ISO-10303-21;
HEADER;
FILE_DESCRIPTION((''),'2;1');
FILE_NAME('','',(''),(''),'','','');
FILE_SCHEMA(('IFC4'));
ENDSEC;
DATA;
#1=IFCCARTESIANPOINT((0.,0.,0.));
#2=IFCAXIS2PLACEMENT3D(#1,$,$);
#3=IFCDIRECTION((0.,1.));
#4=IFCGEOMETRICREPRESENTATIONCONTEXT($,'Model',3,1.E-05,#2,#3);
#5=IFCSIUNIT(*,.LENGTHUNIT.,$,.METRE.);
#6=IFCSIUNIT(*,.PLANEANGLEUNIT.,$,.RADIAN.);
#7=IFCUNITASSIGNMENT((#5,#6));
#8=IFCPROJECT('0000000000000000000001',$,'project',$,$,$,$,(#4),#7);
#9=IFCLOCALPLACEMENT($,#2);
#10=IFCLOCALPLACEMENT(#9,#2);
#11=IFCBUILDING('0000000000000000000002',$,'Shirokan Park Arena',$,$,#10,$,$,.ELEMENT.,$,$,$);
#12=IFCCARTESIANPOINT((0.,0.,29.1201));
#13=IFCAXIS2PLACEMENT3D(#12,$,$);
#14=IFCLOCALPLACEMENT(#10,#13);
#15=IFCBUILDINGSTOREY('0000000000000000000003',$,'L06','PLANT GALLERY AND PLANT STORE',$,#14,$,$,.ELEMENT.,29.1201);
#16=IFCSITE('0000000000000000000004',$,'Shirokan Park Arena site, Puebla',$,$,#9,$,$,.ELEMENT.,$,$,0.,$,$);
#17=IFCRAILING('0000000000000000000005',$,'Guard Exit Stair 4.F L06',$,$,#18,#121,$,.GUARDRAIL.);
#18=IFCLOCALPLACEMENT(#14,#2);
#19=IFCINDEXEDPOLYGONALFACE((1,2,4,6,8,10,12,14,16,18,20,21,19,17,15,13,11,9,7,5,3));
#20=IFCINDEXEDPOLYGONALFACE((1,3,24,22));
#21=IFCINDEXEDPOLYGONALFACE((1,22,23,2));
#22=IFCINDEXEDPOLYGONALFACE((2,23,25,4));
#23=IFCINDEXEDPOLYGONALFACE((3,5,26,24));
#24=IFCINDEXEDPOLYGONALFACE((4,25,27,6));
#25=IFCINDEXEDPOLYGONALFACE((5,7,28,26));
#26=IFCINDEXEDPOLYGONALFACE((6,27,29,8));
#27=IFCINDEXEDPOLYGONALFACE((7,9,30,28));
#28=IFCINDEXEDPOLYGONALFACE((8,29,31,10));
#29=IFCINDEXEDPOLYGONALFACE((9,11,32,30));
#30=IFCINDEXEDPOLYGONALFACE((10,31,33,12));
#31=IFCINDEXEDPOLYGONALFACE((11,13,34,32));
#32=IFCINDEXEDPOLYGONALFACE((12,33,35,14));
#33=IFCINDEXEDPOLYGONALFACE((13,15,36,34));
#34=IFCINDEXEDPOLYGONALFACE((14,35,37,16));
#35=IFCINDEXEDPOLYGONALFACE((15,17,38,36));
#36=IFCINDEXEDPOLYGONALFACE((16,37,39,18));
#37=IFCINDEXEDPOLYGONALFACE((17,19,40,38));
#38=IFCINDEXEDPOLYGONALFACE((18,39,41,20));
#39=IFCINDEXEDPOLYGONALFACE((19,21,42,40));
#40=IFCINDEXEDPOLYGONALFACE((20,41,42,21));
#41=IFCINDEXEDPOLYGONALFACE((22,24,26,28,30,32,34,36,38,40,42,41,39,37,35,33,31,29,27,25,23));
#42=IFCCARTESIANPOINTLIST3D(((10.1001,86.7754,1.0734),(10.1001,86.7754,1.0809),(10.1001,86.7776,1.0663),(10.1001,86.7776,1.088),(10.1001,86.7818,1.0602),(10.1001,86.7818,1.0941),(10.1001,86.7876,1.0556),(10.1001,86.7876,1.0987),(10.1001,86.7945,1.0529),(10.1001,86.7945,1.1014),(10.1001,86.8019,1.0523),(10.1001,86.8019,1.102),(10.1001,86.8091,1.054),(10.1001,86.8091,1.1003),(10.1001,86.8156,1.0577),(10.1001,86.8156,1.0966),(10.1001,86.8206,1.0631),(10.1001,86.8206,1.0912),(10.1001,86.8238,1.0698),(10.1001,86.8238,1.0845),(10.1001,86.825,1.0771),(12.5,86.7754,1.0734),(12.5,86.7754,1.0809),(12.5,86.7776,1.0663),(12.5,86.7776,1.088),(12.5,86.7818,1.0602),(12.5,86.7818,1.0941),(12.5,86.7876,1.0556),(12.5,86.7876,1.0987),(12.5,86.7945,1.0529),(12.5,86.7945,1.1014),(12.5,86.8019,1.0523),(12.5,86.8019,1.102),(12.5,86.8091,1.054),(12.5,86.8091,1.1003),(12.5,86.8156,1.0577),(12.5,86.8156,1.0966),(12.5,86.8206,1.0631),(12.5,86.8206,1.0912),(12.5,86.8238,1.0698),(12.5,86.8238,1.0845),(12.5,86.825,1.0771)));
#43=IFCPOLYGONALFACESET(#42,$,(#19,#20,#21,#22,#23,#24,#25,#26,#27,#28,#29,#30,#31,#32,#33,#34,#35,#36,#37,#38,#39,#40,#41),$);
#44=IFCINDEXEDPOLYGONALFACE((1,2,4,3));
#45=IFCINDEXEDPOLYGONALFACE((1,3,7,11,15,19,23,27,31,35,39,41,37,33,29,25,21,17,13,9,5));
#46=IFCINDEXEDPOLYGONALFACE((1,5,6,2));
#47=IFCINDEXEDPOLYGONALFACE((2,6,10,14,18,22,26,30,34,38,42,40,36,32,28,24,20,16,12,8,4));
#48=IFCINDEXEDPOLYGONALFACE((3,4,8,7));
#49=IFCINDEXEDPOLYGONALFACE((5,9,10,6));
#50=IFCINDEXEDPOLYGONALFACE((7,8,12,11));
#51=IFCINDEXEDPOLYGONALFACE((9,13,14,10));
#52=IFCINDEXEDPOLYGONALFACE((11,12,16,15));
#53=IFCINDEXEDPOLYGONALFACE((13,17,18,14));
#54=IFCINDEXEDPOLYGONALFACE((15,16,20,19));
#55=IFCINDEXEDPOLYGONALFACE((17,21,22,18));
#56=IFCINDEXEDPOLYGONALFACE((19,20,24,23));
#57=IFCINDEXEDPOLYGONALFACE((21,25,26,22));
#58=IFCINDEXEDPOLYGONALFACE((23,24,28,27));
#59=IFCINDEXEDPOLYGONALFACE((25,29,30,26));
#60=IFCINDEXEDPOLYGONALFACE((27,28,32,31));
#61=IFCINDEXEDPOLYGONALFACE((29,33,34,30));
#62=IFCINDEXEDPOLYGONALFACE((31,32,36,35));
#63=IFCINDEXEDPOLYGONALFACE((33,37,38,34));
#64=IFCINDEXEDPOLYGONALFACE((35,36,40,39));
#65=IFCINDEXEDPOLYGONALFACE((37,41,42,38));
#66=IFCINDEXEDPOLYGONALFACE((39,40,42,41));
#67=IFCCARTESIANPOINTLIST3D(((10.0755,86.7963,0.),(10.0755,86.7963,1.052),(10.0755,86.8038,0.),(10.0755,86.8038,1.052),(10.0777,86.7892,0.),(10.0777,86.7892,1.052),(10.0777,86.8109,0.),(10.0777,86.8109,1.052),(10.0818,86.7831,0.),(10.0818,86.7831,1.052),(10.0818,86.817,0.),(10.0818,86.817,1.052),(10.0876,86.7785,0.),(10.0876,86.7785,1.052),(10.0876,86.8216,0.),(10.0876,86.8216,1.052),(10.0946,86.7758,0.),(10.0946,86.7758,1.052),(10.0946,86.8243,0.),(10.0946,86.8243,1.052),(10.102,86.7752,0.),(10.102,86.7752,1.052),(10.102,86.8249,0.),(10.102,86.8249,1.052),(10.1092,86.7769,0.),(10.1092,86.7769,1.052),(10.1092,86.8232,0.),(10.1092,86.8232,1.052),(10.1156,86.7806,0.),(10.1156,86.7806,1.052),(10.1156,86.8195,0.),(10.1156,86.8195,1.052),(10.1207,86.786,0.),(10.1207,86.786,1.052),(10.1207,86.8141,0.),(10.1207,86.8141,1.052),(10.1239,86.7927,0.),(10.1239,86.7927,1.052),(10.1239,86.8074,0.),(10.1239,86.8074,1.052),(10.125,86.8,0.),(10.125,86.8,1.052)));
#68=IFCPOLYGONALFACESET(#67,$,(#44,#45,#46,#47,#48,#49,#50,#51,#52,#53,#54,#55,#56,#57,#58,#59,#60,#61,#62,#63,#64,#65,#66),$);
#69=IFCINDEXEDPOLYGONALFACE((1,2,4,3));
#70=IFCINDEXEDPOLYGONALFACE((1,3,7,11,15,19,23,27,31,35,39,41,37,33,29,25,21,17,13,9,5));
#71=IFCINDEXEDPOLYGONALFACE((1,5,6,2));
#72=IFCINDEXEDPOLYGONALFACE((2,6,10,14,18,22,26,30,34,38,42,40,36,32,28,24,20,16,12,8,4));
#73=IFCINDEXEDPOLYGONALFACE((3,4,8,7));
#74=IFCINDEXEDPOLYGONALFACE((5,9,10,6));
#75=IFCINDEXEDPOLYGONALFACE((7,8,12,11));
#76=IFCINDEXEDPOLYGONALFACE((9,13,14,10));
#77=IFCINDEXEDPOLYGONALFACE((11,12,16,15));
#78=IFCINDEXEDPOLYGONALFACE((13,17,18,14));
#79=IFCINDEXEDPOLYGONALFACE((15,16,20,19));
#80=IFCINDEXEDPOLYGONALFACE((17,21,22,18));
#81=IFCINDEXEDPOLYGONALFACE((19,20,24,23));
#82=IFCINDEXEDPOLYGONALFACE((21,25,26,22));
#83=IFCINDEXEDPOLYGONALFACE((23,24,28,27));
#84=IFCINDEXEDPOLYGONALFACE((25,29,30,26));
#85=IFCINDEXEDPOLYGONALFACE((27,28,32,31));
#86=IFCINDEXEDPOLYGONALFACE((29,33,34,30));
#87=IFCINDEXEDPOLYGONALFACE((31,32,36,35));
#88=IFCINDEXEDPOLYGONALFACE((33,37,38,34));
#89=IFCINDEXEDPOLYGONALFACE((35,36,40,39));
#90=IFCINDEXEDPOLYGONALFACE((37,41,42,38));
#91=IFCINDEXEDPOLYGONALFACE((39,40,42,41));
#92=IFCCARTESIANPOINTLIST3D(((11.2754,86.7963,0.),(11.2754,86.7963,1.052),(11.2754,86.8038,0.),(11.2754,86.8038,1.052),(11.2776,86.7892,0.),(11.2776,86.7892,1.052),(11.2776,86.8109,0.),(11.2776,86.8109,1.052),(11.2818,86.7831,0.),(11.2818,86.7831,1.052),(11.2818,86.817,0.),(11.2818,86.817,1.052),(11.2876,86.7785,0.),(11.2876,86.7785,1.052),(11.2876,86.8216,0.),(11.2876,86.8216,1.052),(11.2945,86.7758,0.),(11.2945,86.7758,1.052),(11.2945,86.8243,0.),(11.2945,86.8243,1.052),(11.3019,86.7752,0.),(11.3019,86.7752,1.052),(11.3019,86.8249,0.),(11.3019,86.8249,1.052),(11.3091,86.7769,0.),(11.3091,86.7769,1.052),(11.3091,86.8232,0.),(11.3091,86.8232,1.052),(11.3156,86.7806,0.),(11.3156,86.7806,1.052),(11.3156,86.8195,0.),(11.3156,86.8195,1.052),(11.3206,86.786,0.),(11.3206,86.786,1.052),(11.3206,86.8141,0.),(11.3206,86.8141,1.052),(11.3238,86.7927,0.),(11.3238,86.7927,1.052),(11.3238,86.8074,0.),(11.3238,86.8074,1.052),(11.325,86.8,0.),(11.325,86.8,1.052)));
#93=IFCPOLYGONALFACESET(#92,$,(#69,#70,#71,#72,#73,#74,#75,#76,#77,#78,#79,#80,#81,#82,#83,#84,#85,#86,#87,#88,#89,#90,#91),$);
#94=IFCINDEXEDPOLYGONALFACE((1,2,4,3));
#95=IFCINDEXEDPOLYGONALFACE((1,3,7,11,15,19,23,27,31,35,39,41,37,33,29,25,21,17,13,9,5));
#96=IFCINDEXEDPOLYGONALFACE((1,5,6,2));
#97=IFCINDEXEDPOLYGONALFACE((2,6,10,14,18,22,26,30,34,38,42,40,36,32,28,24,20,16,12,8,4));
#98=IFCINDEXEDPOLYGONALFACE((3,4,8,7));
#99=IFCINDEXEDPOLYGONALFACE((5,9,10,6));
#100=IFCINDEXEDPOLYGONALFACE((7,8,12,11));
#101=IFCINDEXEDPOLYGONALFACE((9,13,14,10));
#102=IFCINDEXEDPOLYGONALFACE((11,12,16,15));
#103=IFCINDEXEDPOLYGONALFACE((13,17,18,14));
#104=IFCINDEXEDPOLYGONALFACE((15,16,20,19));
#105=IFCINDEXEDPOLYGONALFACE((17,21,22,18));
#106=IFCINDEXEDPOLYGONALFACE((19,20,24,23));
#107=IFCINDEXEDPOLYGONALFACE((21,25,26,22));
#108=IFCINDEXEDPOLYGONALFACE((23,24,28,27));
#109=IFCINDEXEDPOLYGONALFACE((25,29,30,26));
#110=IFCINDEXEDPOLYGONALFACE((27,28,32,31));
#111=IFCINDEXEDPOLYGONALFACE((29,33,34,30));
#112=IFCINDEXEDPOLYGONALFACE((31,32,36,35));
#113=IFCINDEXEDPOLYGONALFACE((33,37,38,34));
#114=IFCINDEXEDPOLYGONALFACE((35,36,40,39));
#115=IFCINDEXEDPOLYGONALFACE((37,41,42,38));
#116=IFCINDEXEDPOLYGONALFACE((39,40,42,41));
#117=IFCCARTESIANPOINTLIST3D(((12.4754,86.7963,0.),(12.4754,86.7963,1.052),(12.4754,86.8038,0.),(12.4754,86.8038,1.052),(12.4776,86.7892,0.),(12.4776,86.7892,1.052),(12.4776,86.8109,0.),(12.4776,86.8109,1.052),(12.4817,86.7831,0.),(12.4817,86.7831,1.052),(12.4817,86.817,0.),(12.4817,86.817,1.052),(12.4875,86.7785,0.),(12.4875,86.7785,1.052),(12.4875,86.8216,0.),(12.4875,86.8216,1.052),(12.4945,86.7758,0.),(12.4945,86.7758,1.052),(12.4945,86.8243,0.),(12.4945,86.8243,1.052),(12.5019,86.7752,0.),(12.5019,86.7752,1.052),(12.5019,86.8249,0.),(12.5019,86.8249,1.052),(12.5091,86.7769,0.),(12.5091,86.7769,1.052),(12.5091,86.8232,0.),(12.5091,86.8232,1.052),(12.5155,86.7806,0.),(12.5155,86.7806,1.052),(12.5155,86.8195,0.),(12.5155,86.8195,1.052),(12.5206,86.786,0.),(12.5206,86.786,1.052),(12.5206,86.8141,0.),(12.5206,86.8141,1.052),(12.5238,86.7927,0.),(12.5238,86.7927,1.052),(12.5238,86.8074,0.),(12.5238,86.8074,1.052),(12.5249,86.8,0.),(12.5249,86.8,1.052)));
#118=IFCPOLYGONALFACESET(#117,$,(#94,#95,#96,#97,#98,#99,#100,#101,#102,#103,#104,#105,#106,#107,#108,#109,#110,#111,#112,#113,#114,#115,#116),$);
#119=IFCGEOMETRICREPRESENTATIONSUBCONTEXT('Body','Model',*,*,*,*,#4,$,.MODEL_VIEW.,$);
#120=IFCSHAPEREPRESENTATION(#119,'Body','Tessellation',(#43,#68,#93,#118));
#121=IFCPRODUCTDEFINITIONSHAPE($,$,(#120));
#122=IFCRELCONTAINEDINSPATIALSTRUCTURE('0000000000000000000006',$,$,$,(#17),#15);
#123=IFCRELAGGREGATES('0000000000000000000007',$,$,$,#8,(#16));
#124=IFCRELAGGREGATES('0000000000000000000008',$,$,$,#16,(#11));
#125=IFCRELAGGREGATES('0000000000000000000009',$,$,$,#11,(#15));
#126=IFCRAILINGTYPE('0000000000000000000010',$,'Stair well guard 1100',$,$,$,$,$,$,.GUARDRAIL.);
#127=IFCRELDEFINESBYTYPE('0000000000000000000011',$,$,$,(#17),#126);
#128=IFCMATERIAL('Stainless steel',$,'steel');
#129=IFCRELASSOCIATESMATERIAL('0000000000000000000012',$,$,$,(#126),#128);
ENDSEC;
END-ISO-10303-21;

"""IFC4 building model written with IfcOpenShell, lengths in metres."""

from ifc_helpers import new_model, si_unit, direction, frame, origin, origin_2d, place, context, subcontext, project, spatial, circle, extrude, material, type_object, element, save


model = new_model("IFC4")

# Units and contexts
model_context = context("Model", 3, precision=1e-05, world=origin(), true_north=direction((0.0, 1.0)))
body_context = subcontext(model_context, "Body", "Model", "MODEL_VIEW")
ifc_project = project(units=[si_unit("LENGTHUNIT", "METRE"), si_unit("PLANEANGLEUNIT", "RADIAN")], contexts=[model_context])

# Site, building, storey
site_placement = place(None, origin())
site = spatial("IfcSite", under=ifc_project, at=site_placement, Name="Shirokan Park Arena site, Puebla", CompositionType="ELEMENT", RefElevation=0.0)
building_placement = place(site_placement, origin())
building = spatial("IfcBuilding", under=site, at=building_placement, Name="Shirokan Park Arena", CompositionType="ELEMENT")
storey_placement = place(building_placement, frame((0.0, 0.0, 29.1201)))
storey = spatial("IfcBuildingStorey", under=building, at=storey_placement, Name="L06", Description="PLANT GALLERY AND PLANT STORE", CompositionType="ELEMENT", Elevation=29.1201)

# Shared definitions
ifc_material_1 = material(Name="Stainless steel", Category="steel")

# Railing
railing_type = type_object("IfcRailingType", Name="Stair well guard 1100", PredefinedType="GUARDRAIL", material=ifc_material_1)
railing_placement = place(storey_placement, frame((10.1001, 86.8, 0.0)))
element("IfcRailing", 1, at=railing_placement, inside=storey, type_object=railing_type, Name="Guard Exit Stair 4.F L06", PredefinedType="GUARDRAIL", context=body_context, shape_type="SweptSolid", body=[
    extrude(circle(Radius=0.0249, at=origin_2d()), frame((0.0, 0.0, 1.0771), z_axis=(1.0, 0.0, 0.0), x_axis=(0.0, 1.0, 0.0)), (0.0, 0.0, 1.0), 2.3999),
    extrude(circle(Radius=0.0249, at=origin_2d()), origin(), (0.0, 0.0, 1.0), 1.052),
    extrude(circle(Radius=0.0249, at=origin_2d()), frame((1.2, 0.0, 0.0)), (0.0, 0.0, 1.0), 1.052),
    extrude(circle(Radius=0.0249, at=origin_2d()), frame((2.3999, 0.0, 0.0)), (0.0, 0.0, 1.0), 1.052),
])

save(model, "model.ifc")
